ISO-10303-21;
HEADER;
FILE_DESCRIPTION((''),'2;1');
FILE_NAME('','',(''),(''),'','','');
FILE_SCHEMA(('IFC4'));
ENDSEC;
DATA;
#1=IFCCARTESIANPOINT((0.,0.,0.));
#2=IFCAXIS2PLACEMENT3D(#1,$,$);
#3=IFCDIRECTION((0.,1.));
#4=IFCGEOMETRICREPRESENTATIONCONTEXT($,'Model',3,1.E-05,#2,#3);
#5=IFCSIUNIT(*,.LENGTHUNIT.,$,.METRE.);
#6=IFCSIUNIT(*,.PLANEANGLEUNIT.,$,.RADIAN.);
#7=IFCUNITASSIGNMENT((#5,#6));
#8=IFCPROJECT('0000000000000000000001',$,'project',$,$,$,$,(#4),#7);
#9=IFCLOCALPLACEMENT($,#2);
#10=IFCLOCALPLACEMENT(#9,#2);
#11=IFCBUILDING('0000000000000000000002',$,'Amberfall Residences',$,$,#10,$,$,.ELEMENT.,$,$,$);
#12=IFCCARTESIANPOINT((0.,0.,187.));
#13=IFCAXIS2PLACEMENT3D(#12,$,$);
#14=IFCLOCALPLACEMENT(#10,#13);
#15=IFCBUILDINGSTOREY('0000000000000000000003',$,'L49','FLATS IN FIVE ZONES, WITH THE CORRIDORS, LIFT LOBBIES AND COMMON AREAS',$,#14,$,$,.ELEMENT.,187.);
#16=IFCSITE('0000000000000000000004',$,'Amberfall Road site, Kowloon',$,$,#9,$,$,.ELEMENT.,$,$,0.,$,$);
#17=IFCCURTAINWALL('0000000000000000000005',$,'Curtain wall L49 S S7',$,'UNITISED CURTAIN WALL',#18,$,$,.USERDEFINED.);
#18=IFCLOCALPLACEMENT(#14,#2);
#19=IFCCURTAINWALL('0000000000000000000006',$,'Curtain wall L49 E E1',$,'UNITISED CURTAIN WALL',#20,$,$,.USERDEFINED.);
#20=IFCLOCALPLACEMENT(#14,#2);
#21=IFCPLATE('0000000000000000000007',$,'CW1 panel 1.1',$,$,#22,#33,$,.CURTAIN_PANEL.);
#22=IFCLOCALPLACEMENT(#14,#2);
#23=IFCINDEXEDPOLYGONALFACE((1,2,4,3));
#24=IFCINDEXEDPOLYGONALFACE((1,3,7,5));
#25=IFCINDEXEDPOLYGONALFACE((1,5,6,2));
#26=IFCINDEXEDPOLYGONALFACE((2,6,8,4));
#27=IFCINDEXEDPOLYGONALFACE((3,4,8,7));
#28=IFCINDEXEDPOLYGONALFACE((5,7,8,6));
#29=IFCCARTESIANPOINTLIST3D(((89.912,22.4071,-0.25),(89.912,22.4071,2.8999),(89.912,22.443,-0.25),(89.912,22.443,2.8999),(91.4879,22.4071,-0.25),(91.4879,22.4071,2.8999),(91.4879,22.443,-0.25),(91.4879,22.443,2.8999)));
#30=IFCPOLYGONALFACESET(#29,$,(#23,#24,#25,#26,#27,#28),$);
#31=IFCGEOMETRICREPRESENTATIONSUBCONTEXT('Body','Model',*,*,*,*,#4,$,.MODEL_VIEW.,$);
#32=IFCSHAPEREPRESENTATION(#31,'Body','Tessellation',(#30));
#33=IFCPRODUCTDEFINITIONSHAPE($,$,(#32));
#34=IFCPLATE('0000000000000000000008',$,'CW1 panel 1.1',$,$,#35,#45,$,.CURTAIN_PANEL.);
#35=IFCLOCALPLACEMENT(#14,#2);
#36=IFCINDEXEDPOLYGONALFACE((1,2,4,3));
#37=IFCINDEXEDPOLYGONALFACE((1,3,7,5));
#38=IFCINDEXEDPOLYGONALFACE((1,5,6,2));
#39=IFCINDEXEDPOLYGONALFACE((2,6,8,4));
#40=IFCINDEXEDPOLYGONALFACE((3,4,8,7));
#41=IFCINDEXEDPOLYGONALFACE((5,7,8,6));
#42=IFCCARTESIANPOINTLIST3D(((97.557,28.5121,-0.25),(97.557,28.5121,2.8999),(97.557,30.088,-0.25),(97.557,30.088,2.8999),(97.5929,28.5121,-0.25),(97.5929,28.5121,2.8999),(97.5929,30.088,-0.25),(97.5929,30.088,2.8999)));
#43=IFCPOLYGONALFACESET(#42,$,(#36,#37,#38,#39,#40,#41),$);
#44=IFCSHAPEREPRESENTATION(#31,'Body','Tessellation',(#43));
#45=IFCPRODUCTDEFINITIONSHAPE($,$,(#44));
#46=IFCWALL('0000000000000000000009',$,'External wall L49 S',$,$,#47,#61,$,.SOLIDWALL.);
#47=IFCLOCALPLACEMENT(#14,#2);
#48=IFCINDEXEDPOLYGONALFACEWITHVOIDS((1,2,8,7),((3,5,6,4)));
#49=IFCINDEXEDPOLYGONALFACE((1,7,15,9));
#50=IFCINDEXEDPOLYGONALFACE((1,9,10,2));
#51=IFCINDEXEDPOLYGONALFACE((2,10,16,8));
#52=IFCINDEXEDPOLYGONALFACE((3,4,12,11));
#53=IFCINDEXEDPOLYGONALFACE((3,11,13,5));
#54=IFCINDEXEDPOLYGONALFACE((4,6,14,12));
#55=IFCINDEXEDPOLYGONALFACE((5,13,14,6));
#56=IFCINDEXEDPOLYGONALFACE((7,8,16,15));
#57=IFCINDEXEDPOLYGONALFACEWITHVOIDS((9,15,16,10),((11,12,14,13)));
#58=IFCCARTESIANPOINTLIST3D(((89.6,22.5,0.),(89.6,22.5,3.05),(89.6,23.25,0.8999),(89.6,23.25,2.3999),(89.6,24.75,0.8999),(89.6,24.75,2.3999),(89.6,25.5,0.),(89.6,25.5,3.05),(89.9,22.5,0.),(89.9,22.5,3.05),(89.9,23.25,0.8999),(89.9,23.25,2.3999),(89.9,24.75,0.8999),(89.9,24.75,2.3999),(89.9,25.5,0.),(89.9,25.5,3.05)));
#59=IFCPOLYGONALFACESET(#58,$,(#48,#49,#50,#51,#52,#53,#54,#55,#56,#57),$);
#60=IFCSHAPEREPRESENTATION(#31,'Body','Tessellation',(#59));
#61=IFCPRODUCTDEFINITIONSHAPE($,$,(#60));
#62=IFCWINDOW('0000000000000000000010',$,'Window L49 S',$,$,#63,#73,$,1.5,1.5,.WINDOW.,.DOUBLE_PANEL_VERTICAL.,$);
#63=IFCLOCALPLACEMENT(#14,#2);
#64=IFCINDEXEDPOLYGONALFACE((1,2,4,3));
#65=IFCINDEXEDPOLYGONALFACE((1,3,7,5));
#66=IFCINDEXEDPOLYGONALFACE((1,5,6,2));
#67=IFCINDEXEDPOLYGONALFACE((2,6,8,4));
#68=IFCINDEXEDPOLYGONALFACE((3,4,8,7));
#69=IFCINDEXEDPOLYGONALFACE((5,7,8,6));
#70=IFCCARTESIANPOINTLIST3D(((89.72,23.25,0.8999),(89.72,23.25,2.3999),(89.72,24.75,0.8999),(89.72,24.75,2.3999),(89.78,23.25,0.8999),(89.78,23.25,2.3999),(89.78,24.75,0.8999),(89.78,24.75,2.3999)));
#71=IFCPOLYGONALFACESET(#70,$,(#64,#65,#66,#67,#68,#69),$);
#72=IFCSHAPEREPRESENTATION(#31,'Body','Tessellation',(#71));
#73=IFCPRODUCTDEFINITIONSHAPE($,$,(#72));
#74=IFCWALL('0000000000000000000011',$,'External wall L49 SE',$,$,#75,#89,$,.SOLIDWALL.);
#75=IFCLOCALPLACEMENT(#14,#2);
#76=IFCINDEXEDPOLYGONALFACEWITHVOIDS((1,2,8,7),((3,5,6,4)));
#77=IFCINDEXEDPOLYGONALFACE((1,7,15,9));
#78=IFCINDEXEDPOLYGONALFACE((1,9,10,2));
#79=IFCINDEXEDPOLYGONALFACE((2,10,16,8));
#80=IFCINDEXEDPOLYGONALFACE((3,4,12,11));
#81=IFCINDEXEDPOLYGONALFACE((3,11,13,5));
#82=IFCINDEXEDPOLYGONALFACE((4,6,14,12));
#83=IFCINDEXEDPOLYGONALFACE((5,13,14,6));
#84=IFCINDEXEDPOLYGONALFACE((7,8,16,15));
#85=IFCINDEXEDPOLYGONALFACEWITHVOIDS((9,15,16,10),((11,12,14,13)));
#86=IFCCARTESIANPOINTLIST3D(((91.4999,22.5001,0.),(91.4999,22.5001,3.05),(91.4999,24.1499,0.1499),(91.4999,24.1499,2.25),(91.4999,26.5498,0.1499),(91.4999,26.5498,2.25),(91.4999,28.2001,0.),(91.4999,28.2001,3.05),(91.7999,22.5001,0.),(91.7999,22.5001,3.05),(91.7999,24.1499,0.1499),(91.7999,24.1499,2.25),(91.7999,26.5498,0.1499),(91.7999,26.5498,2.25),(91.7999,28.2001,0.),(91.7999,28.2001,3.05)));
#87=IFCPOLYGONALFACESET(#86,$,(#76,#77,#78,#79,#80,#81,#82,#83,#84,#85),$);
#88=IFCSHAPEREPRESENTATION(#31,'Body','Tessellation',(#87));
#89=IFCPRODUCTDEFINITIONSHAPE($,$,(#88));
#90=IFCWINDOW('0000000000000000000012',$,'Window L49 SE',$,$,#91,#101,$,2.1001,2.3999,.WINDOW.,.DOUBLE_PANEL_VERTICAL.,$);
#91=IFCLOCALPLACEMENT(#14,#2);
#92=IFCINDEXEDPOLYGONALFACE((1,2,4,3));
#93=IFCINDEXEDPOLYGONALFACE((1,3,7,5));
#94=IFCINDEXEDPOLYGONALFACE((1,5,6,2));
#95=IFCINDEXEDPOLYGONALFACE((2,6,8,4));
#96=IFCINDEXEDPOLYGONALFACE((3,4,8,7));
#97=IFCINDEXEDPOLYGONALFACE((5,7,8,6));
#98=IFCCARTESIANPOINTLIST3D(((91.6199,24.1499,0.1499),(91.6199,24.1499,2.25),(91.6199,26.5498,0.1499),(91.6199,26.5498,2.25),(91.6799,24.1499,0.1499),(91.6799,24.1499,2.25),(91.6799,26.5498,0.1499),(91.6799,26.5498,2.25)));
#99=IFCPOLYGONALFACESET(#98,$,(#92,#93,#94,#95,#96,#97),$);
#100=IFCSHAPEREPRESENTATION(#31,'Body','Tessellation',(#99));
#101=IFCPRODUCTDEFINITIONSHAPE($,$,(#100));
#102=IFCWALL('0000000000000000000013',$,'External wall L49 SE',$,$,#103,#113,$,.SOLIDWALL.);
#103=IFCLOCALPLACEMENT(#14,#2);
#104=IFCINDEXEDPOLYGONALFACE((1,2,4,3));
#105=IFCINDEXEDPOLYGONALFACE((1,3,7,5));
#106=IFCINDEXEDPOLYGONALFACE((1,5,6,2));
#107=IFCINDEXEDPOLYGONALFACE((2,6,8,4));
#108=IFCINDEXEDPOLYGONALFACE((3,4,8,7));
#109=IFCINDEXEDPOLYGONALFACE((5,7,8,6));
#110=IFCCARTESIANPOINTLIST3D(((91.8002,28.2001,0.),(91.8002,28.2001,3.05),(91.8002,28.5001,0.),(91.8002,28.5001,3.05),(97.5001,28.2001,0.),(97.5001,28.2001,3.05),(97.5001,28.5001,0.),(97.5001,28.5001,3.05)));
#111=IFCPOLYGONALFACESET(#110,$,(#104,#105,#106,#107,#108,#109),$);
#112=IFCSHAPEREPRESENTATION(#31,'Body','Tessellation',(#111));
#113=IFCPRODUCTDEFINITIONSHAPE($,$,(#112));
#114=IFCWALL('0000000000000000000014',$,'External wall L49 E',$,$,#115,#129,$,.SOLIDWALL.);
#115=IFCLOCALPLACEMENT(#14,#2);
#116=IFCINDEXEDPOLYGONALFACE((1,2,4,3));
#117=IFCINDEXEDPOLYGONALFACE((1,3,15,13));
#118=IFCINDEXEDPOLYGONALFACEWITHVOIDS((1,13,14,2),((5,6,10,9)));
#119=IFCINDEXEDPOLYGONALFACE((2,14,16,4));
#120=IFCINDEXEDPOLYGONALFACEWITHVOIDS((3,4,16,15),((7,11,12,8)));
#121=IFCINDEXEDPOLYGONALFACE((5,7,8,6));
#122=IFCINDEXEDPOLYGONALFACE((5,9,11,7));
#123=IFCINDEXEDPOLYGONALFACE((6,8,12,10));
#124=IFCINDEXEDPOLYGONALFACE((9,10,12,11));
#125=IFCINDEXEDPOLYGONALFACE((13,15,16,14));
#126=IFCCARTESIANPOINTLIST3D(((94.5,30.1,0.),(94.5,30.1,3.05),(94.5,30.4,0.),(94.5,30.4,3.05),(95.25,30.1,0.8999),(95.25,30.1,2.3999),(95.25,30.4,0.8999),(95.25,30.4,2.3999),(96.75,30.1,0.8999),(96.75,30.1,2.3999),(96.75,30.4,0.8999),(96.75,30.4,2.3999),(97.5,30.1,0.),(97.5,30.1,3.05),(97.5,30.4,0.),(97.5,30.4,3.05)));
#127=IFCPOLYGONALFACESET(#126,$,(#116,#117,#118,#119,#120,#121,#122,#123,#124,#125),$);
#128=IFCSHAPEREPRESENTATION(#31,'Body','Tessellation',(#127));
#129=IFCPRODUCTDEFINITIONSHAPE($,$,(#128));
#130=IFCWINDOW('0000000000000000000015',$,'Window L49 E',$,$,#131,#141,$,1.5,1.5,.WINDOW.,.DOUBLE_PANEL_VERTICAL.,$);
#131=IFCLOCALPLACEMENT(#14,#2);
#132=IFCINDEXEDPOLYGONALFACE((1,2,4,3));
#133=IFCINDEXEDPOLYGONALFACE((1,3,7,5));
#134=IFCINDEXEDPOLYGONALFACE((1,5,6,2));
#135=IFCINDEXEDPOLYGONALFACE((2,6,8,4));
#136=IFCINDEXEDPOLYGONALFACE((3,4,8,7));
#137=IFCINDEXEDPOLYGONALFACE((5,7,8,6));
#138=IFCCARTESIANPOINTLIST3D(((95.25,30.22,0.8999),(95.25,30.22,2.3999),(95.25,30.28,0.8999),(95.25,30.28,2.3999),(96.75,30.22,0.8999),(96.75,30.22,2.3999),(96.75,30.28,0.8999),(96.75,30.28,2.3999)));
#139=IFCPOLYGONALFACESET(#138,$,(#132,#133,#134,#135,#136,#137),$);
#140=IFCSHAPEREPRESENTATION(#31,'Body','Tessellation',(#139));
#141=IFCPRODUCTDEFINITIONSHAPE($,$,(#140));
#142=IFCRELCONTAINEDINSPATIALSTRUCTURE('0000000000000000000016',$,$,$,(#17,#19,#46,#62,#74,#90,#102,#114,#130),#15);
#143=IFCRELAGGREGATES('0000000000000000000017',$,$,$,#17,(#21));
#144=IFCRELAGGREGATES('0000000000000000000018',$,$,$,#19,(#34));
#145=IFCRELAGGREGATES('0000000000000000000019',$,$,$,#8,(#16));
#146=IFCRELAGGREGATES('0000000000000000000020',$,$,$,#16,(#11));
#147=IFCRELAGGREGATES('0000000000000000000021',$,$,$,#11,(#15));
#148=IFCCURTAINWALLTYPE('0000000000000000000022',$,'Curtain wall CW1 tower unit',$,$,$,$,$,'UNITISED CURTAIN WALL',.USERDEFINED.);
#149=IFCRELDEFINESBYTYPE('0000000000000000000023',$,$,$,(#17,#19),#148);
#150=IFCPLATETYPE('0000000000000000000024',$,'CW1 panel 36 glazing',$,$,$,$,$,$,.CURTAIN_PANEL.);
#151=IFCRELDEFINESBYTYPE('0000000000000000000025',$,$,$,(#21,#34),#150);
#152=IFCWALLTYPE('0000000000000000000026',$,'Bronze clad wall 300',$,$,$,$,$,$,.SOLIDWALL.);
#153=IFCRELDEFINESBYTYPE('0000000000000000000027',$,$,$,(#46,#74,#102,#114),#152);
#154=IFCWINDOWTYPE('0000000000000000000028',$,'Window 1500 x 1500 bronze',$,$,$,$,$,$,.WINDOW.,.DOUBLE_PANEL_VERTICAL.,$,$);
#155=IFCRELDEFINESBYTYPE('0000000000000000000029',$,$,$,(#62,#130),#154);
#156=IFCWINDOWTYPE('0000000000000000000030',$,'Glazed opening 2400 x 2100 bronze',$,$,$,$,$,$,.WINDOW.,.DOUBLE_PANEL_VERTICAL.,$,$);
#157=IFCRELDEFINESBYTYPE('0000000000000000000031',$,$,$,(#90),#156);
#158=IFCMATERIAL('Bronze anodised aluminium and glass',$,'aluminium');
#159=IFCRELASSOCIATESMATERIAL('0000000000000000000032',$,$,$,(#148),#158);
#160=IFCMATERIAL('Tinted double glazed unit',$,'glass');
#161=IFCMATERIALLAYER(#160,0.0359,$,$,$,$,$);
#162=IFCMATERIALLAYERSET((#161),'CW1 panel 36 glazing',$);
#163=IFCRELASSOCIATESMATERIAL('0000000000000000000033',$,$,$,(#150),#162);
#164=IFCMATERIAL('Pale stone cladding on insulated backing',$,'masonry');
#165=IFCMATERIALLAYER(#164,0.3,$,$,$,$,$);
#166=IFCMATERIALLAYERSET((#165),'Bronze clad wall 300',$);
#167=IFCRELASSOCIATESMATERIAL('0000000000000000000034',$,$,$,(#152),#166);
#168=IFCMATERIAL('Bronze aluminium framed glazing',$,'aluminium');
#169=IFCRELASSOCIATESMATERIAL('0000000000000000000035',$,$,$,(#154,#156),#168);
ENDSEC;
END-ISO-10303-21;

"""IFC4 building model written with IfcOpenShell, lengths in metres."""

from ifc_helpers import new_model, si_unit, direction, frame, frame_2d, origin, origin_2d, place, context, subcontext, project, spatial, rectangle, extrude, material, layer, layer_set, type_object, element, fill, aggregate, save


model = new_model("IFC4")

# Units and contexts
model_context = context("Model", 3, precision=1e-05, world=origin(), true_north=direction((0.0, 1.0)))
body_context = subcontext(model_context, "Body", "Model", "MODEL_VIEW")
ifc_project = project(units=[si_unit("LENGTHUNIT", "METRE"), si_unit("PLANEANGLEUNIT", "RADIAN")], contexts=[model_context])

# Site, building, storey
site_placement = place(None, origin())
site = spatial("IfcSite", under=ifc_project, at=site_placement, Name="Amberfall Road site, Kowloon", CompositionType="ELEMENT", RefElevation=0.0)
building_placement = place(site_placement, origin())
building = spatial("IfcBuilding", under=site, at=building_placement, Name="Amberfall Residences", CompositionType="ELEMENT")
storey_placement = place(building_placement, frame((0.0, 0.0, 187.0)))
storey = spatial("IfcBuildingStorey", under=building, at=storey_placement, Name="L49", Description="FLATS IN FIVE ZONES, WITH THE CORRIDORS, LIFT LOBBIES AND COMMON AREAS", CompositionType="ELEMENT", Elevation=187.0)

# Curtain walls
ifc_material_1 = material(Name="Bronze anodised aluminium and glass", Category="aluminium")
curtain_wall_type = type_object("IfcCurtainWallType", Name="Curtain wall CW1 tower unit", ElementType="UNITISED CURTAIN WALL", PredefinedType="USERDEFINED", material=ifc_material_1)
curtain_wall_1_placement = place(storey_placement, origin())
curtain_wall_1 = element("IfcCurtainWall", 1, at=curtain_wall_1_placement, inside=storey, type_object=curtain_wall_type, Name="Curtain wall L49 S S7", ObjectType="UNITISED CURTAIN WALL", PredefinedType="USERDEFINED")
curtain_wall_2_placement = place(storey_placement, origin())
curtain_wall_2 = element("IfcCurtainWall", 2, at=curtain_wall_2_placement, inside=storey, type_object=curtain_wall_type, Name="Curtain wall L49 E E1", ObjectType="UNITISED CURTAIN WALL", PredefinedType="USERDEFINED")

# Plates
ifc_material_2 = material(Name="Tinted double glazed unit", Category="glass")
ifc_layer_1 = layer(ifc_material_2, 0.0359)
ifc_layer_set_1 = layer_set([ifc_layer_1], Name="CW1 panel 36 glazing")
plate_type = type_object("IfcPlateType", Name="CW1 panel 36 glazing", PredefinedType="CURTAIN_PANEL", material=ifc_layer_set_1)
plate_1_placement = place(storey_placement, frame((90.7, 22.425, -0.25), z_axis=(0.0, 0.0, 1.0), x_axis=(1.0, 0.0, 0.0)))
plate_1 = element("IfcPlate", 3, at=plate_1_placement, type_object=plate_type, Name="CW1 panel 1.1", PredefinedType="CURTAIN_PANEL", context=body_context, shape_type="SweptSolid", body=[
    extrude(rectangle(XDim=1.5759, YDim=0.0359, at=origin_2d()), origin(), (0.0, 0.0, 1.0), 3.1499),
])
aggregate(curtain_wall_1, [plate_1])
plate_2_placement = place(storey_placement, frame((97.575, 29.3, -0.25), z_axis=(0.0, 0.0, 1.0), x_axis=(0.0, 1.0, 0.0)))
plate_2 = element("IfcPlate", 4, at=plate_2_placement, type_object=plate_type, Name="CW1 panel 1.1", PredefinedType="CURTAIN_PANEL", context=body_context, shape_type="SweptSolid", body=[
    extrude(rectangle(XDim=1.5759, YDim=0.0359, at=origin_2d()), origin(), (0.0, 0.0, 1.0), 3.1499),
])
aggregate(curtain_wall_2, [plate_2])

# Walls, openings, windows
ifc_material_3 = material(Name="Pale stone cladding on insulated backing", Category="masonry")
ifc_layer_2 = layer(ifc_material_3, 0.3)
ifc_layer_set_2 = layer_set([ifc_layer_2], Name="Bronze clad wall 300")
wall_type_1 = type_object("IfcWallType", Name="Bronze clad wall 300", PredefinedType="SOLIDWALL", material=ifc_layer_set_2)
wall_1_placement = place(storey_placement, frame((89.75, 25.5, 0.0), z_axis=(0.0, 0.0, 1.0), x_axis=(0.0, -1.0, 0.0)))
wall_1 = element("IfcWall", 5, at=wall_1_placement, inside=storey, type_object=wall_type_1, Name="External wall L49 S", PredefinedType="SOLIDWALL", context=body_context, shape_type="SweptSolid", body=[
    extrude(rectangle(XDim=3.0, YDim=0.3, at=frame_2d((1.5, 0.0))), origin(), (0.0, 0.0, 1.0), 3.05),
])
opening_1_placement = place(wall_1_placement, frame((0.75, 0.0, 0.8999)))
opening_1 = element("IfcOpeningElement", 6, at=opening_1_placement, cuts=wall_1, PredefinedType="OPENING", context=body_context, shape_type="SweptSolid", body=[
    extrude(rectangle(XDim=1.5, YDim=1.5, at=frame_2d((0.75, 0.75))), frame((0.0, 0.1599, 0.0), z_axis=(0.0, -1.0, 0.0), x_axis=(1.0, 0.0, 0.0)), (0.0, 0.0, 1.0), 0.3201),
])
ifc_material_4 = material(Name="Bronze aluminium framed glazing", Category="aluminium")
window_type_1 = type_object("IfcWindowType", Name="Window 1500 x 1500 bronze", PartitioningType="DOUBLE_PANEL_VERTICAL", PredefinedType="WINDOW", material=ifc_material_4)
window_1_placement = place(opening_1_placement, origin())
window_1 = element("IfcWindow", 7, at=window_1_placement, inside=storey, type_object=window_type_1, Name="Window L49 S", OverallHeight=1.5, OverallWidth=1.5, PartitioningType="DOUBLE_PANEL_VERTICAL", PredefinedType="WINDOW", context=body_context, shape_type="SweptSolid", body=[
    extrude(rectangle(XDim=1.5, YDim=1.5, at=frame_2d((0.75, 0.75))), frame((0.0, 0.03, 0.0), z_axis=(0.0, -1.0, 0.0), x_axis=(1.0, 0.0, 0.0)), (0.0, 0.0, 1.0), 0.0601),
])
fill(opening_1, window_1)
wall_2_placement = place(storey_placement, frame((91.6499, 22.5, 0.0), z_axis=(0.0, 0.0, 1.0), x_axis=(0.0, 1.0, 0.0)))
wall_2 = element("IfcWall", 8, at=wall_2_placement, inside=storey, type_object=wall_type_1, Name="External wall L49 SE", PredefinedType="SOLIDWALL", context=body_context, shape_type="SweptSolid", body=[
    extrude(rectangle(XDim=5.7, YDim=0.3, at=frame_2d((2.8501, 0.0))), origin(), (0.0, 0.0, 1.0), 3.05),
])
opening_2_placement = place(wall_2_placement, frame((1.6499, 0.0, 0.1499)))
opening_2 = element("IfcOpeningElement", 9, at=opening_2_placement, cuts=wall_2, PredefinedType="OPENING", context=body_context, shape_type="SweptSolid", body=[
    extrude(rectangle(XDim=2.3999, YDim=2.1001, at=frame_2d((1.2, 1.05))), frame((0.0, 0.1599, 0.0), z_axis=(0.0, -1.0, 0.0), x_axis=(1.0, 0.0, 0.0)), (0.0, 0.0, 1.0), 0.3201),
])
window_type_2 = type_object("IfcWindowType", Name="Glazed opening 2400 x 2100 bronze", PartitioningType="DOUBLE_PANEL_VERTICAL", PredefinedType="WINDOW", material=ifc_material_4)
window_2_placement = place(opening_2_placement, origin())
window_2 = element("IfcWindow", 10, at=window_2_placement, inside=storey, type_object=window_type_2, Name="Window L49 SE", OverallHeight=2.1001, OverallWidth=2.3999, PartitioningType="DOUBLE_PANEL_VERTICAL", PredefinedType="WINDOW", context=body_context, shape_type="SweptSolid", body=[
    extrude(rectangle(XDim=2.3999, YDim=2.1001, at=frame_2d((1.2, 1.05))), frame((0.0, 0.03, 0.0), z_axis=(0.0, -1.0, 0.0), x_axis=(1.0, 0.0, 0.0)), (0.0, 0.0, 1.0), 0.0601),
])
fill(opening_2, window_2)

# Wall
wall_3_placement = place(storey_placement, frame((91.8, 28.3501, 0.0), z_axis=(0.0, 0.0, 1.0), x_axis=(1.0, 0.0, 0.0)))
element("IfcWall", 11, at=wall_3_placement, inside=storey, type_object=wall_type_1, Name="External wall L49 SE", PredefinedType="SOLIDWALL", context=body_context, shape_type="SweptSolid", body=[
    extrude(rectangle(XDim=5.7, YDim=0.3, at=frame_2d((2.8501, 0.0))), origin(), (0.0, 0.0, 1.0), 3.05),
])

# Wall, opening, window
wall_4_placement = place(storey_placement, frame((97.5, 30.25, 0.0), z_axis=(0.0, 0.0, 1.0), x_axis=(-1.0, 0.0, 0.0)))
wall_4 = element("IfcWall", 12, at=wall_4_placement, inside=storey, type_object=wall_type_1, Name="External wall L49 E", PredefinedType="SOLIDWALL", context=body_context, shape_type="SweptSolid", body=[
    extrude(rectangle(XDim=3.0, YDim=0.3, at=frame_2d((1.5, 0.0))), origin(), (0.0, 0.0, 1.0), 3.05),
])
opening_3_placement = place(wall_4_placement, frame((0.75, 0.0, 0.8999)))
opening_3 = element("IfcOpeningElement", 13, at=opening_3_placement, cuts=wall_4, PredefinedType="OPENING", context=body_context, shape_type="SweptSolid", body=[
    extrude(rectangle(XDim=1.5, YDim=1.5, at=frame_2d((0.75, 0.75))), frame((0.0, 0.1599, 0.0), z_axis=(0.0, -1.0, 0.0), x_axis=(1.0, 0.0, 0.0)), (0.0, 0.0, 1.0), 0.3201),
])
window_3_placement = place(opening_3_placement, origin())
window_3 = element("IfcWindow", 14, at=window_3_placement, inside=storey, type_object=window_type_1, Name="Window L49 E", OverallHeight=1.5, OverallWidth=1.5, PartitioningType="DOUBLE_PANEL_VERTICAL", PredefinedType="WINDOW", context=body_context, shape_type="SweptSolid", body=[
    extrude(rectangle(XDim=1.5, YDim=1.5, at=frame_2d((0.75, 0.75))), frame((0.0, 0.03, 0.0), z_axis=(0.0, -1.0, 0.0), x_axis=(1.0, 0.0, 0.0)), (0.0, 0.0, 1.0), 0.0601),
])
fill(opening_3, window_3)

save(model, "model.ifc")
